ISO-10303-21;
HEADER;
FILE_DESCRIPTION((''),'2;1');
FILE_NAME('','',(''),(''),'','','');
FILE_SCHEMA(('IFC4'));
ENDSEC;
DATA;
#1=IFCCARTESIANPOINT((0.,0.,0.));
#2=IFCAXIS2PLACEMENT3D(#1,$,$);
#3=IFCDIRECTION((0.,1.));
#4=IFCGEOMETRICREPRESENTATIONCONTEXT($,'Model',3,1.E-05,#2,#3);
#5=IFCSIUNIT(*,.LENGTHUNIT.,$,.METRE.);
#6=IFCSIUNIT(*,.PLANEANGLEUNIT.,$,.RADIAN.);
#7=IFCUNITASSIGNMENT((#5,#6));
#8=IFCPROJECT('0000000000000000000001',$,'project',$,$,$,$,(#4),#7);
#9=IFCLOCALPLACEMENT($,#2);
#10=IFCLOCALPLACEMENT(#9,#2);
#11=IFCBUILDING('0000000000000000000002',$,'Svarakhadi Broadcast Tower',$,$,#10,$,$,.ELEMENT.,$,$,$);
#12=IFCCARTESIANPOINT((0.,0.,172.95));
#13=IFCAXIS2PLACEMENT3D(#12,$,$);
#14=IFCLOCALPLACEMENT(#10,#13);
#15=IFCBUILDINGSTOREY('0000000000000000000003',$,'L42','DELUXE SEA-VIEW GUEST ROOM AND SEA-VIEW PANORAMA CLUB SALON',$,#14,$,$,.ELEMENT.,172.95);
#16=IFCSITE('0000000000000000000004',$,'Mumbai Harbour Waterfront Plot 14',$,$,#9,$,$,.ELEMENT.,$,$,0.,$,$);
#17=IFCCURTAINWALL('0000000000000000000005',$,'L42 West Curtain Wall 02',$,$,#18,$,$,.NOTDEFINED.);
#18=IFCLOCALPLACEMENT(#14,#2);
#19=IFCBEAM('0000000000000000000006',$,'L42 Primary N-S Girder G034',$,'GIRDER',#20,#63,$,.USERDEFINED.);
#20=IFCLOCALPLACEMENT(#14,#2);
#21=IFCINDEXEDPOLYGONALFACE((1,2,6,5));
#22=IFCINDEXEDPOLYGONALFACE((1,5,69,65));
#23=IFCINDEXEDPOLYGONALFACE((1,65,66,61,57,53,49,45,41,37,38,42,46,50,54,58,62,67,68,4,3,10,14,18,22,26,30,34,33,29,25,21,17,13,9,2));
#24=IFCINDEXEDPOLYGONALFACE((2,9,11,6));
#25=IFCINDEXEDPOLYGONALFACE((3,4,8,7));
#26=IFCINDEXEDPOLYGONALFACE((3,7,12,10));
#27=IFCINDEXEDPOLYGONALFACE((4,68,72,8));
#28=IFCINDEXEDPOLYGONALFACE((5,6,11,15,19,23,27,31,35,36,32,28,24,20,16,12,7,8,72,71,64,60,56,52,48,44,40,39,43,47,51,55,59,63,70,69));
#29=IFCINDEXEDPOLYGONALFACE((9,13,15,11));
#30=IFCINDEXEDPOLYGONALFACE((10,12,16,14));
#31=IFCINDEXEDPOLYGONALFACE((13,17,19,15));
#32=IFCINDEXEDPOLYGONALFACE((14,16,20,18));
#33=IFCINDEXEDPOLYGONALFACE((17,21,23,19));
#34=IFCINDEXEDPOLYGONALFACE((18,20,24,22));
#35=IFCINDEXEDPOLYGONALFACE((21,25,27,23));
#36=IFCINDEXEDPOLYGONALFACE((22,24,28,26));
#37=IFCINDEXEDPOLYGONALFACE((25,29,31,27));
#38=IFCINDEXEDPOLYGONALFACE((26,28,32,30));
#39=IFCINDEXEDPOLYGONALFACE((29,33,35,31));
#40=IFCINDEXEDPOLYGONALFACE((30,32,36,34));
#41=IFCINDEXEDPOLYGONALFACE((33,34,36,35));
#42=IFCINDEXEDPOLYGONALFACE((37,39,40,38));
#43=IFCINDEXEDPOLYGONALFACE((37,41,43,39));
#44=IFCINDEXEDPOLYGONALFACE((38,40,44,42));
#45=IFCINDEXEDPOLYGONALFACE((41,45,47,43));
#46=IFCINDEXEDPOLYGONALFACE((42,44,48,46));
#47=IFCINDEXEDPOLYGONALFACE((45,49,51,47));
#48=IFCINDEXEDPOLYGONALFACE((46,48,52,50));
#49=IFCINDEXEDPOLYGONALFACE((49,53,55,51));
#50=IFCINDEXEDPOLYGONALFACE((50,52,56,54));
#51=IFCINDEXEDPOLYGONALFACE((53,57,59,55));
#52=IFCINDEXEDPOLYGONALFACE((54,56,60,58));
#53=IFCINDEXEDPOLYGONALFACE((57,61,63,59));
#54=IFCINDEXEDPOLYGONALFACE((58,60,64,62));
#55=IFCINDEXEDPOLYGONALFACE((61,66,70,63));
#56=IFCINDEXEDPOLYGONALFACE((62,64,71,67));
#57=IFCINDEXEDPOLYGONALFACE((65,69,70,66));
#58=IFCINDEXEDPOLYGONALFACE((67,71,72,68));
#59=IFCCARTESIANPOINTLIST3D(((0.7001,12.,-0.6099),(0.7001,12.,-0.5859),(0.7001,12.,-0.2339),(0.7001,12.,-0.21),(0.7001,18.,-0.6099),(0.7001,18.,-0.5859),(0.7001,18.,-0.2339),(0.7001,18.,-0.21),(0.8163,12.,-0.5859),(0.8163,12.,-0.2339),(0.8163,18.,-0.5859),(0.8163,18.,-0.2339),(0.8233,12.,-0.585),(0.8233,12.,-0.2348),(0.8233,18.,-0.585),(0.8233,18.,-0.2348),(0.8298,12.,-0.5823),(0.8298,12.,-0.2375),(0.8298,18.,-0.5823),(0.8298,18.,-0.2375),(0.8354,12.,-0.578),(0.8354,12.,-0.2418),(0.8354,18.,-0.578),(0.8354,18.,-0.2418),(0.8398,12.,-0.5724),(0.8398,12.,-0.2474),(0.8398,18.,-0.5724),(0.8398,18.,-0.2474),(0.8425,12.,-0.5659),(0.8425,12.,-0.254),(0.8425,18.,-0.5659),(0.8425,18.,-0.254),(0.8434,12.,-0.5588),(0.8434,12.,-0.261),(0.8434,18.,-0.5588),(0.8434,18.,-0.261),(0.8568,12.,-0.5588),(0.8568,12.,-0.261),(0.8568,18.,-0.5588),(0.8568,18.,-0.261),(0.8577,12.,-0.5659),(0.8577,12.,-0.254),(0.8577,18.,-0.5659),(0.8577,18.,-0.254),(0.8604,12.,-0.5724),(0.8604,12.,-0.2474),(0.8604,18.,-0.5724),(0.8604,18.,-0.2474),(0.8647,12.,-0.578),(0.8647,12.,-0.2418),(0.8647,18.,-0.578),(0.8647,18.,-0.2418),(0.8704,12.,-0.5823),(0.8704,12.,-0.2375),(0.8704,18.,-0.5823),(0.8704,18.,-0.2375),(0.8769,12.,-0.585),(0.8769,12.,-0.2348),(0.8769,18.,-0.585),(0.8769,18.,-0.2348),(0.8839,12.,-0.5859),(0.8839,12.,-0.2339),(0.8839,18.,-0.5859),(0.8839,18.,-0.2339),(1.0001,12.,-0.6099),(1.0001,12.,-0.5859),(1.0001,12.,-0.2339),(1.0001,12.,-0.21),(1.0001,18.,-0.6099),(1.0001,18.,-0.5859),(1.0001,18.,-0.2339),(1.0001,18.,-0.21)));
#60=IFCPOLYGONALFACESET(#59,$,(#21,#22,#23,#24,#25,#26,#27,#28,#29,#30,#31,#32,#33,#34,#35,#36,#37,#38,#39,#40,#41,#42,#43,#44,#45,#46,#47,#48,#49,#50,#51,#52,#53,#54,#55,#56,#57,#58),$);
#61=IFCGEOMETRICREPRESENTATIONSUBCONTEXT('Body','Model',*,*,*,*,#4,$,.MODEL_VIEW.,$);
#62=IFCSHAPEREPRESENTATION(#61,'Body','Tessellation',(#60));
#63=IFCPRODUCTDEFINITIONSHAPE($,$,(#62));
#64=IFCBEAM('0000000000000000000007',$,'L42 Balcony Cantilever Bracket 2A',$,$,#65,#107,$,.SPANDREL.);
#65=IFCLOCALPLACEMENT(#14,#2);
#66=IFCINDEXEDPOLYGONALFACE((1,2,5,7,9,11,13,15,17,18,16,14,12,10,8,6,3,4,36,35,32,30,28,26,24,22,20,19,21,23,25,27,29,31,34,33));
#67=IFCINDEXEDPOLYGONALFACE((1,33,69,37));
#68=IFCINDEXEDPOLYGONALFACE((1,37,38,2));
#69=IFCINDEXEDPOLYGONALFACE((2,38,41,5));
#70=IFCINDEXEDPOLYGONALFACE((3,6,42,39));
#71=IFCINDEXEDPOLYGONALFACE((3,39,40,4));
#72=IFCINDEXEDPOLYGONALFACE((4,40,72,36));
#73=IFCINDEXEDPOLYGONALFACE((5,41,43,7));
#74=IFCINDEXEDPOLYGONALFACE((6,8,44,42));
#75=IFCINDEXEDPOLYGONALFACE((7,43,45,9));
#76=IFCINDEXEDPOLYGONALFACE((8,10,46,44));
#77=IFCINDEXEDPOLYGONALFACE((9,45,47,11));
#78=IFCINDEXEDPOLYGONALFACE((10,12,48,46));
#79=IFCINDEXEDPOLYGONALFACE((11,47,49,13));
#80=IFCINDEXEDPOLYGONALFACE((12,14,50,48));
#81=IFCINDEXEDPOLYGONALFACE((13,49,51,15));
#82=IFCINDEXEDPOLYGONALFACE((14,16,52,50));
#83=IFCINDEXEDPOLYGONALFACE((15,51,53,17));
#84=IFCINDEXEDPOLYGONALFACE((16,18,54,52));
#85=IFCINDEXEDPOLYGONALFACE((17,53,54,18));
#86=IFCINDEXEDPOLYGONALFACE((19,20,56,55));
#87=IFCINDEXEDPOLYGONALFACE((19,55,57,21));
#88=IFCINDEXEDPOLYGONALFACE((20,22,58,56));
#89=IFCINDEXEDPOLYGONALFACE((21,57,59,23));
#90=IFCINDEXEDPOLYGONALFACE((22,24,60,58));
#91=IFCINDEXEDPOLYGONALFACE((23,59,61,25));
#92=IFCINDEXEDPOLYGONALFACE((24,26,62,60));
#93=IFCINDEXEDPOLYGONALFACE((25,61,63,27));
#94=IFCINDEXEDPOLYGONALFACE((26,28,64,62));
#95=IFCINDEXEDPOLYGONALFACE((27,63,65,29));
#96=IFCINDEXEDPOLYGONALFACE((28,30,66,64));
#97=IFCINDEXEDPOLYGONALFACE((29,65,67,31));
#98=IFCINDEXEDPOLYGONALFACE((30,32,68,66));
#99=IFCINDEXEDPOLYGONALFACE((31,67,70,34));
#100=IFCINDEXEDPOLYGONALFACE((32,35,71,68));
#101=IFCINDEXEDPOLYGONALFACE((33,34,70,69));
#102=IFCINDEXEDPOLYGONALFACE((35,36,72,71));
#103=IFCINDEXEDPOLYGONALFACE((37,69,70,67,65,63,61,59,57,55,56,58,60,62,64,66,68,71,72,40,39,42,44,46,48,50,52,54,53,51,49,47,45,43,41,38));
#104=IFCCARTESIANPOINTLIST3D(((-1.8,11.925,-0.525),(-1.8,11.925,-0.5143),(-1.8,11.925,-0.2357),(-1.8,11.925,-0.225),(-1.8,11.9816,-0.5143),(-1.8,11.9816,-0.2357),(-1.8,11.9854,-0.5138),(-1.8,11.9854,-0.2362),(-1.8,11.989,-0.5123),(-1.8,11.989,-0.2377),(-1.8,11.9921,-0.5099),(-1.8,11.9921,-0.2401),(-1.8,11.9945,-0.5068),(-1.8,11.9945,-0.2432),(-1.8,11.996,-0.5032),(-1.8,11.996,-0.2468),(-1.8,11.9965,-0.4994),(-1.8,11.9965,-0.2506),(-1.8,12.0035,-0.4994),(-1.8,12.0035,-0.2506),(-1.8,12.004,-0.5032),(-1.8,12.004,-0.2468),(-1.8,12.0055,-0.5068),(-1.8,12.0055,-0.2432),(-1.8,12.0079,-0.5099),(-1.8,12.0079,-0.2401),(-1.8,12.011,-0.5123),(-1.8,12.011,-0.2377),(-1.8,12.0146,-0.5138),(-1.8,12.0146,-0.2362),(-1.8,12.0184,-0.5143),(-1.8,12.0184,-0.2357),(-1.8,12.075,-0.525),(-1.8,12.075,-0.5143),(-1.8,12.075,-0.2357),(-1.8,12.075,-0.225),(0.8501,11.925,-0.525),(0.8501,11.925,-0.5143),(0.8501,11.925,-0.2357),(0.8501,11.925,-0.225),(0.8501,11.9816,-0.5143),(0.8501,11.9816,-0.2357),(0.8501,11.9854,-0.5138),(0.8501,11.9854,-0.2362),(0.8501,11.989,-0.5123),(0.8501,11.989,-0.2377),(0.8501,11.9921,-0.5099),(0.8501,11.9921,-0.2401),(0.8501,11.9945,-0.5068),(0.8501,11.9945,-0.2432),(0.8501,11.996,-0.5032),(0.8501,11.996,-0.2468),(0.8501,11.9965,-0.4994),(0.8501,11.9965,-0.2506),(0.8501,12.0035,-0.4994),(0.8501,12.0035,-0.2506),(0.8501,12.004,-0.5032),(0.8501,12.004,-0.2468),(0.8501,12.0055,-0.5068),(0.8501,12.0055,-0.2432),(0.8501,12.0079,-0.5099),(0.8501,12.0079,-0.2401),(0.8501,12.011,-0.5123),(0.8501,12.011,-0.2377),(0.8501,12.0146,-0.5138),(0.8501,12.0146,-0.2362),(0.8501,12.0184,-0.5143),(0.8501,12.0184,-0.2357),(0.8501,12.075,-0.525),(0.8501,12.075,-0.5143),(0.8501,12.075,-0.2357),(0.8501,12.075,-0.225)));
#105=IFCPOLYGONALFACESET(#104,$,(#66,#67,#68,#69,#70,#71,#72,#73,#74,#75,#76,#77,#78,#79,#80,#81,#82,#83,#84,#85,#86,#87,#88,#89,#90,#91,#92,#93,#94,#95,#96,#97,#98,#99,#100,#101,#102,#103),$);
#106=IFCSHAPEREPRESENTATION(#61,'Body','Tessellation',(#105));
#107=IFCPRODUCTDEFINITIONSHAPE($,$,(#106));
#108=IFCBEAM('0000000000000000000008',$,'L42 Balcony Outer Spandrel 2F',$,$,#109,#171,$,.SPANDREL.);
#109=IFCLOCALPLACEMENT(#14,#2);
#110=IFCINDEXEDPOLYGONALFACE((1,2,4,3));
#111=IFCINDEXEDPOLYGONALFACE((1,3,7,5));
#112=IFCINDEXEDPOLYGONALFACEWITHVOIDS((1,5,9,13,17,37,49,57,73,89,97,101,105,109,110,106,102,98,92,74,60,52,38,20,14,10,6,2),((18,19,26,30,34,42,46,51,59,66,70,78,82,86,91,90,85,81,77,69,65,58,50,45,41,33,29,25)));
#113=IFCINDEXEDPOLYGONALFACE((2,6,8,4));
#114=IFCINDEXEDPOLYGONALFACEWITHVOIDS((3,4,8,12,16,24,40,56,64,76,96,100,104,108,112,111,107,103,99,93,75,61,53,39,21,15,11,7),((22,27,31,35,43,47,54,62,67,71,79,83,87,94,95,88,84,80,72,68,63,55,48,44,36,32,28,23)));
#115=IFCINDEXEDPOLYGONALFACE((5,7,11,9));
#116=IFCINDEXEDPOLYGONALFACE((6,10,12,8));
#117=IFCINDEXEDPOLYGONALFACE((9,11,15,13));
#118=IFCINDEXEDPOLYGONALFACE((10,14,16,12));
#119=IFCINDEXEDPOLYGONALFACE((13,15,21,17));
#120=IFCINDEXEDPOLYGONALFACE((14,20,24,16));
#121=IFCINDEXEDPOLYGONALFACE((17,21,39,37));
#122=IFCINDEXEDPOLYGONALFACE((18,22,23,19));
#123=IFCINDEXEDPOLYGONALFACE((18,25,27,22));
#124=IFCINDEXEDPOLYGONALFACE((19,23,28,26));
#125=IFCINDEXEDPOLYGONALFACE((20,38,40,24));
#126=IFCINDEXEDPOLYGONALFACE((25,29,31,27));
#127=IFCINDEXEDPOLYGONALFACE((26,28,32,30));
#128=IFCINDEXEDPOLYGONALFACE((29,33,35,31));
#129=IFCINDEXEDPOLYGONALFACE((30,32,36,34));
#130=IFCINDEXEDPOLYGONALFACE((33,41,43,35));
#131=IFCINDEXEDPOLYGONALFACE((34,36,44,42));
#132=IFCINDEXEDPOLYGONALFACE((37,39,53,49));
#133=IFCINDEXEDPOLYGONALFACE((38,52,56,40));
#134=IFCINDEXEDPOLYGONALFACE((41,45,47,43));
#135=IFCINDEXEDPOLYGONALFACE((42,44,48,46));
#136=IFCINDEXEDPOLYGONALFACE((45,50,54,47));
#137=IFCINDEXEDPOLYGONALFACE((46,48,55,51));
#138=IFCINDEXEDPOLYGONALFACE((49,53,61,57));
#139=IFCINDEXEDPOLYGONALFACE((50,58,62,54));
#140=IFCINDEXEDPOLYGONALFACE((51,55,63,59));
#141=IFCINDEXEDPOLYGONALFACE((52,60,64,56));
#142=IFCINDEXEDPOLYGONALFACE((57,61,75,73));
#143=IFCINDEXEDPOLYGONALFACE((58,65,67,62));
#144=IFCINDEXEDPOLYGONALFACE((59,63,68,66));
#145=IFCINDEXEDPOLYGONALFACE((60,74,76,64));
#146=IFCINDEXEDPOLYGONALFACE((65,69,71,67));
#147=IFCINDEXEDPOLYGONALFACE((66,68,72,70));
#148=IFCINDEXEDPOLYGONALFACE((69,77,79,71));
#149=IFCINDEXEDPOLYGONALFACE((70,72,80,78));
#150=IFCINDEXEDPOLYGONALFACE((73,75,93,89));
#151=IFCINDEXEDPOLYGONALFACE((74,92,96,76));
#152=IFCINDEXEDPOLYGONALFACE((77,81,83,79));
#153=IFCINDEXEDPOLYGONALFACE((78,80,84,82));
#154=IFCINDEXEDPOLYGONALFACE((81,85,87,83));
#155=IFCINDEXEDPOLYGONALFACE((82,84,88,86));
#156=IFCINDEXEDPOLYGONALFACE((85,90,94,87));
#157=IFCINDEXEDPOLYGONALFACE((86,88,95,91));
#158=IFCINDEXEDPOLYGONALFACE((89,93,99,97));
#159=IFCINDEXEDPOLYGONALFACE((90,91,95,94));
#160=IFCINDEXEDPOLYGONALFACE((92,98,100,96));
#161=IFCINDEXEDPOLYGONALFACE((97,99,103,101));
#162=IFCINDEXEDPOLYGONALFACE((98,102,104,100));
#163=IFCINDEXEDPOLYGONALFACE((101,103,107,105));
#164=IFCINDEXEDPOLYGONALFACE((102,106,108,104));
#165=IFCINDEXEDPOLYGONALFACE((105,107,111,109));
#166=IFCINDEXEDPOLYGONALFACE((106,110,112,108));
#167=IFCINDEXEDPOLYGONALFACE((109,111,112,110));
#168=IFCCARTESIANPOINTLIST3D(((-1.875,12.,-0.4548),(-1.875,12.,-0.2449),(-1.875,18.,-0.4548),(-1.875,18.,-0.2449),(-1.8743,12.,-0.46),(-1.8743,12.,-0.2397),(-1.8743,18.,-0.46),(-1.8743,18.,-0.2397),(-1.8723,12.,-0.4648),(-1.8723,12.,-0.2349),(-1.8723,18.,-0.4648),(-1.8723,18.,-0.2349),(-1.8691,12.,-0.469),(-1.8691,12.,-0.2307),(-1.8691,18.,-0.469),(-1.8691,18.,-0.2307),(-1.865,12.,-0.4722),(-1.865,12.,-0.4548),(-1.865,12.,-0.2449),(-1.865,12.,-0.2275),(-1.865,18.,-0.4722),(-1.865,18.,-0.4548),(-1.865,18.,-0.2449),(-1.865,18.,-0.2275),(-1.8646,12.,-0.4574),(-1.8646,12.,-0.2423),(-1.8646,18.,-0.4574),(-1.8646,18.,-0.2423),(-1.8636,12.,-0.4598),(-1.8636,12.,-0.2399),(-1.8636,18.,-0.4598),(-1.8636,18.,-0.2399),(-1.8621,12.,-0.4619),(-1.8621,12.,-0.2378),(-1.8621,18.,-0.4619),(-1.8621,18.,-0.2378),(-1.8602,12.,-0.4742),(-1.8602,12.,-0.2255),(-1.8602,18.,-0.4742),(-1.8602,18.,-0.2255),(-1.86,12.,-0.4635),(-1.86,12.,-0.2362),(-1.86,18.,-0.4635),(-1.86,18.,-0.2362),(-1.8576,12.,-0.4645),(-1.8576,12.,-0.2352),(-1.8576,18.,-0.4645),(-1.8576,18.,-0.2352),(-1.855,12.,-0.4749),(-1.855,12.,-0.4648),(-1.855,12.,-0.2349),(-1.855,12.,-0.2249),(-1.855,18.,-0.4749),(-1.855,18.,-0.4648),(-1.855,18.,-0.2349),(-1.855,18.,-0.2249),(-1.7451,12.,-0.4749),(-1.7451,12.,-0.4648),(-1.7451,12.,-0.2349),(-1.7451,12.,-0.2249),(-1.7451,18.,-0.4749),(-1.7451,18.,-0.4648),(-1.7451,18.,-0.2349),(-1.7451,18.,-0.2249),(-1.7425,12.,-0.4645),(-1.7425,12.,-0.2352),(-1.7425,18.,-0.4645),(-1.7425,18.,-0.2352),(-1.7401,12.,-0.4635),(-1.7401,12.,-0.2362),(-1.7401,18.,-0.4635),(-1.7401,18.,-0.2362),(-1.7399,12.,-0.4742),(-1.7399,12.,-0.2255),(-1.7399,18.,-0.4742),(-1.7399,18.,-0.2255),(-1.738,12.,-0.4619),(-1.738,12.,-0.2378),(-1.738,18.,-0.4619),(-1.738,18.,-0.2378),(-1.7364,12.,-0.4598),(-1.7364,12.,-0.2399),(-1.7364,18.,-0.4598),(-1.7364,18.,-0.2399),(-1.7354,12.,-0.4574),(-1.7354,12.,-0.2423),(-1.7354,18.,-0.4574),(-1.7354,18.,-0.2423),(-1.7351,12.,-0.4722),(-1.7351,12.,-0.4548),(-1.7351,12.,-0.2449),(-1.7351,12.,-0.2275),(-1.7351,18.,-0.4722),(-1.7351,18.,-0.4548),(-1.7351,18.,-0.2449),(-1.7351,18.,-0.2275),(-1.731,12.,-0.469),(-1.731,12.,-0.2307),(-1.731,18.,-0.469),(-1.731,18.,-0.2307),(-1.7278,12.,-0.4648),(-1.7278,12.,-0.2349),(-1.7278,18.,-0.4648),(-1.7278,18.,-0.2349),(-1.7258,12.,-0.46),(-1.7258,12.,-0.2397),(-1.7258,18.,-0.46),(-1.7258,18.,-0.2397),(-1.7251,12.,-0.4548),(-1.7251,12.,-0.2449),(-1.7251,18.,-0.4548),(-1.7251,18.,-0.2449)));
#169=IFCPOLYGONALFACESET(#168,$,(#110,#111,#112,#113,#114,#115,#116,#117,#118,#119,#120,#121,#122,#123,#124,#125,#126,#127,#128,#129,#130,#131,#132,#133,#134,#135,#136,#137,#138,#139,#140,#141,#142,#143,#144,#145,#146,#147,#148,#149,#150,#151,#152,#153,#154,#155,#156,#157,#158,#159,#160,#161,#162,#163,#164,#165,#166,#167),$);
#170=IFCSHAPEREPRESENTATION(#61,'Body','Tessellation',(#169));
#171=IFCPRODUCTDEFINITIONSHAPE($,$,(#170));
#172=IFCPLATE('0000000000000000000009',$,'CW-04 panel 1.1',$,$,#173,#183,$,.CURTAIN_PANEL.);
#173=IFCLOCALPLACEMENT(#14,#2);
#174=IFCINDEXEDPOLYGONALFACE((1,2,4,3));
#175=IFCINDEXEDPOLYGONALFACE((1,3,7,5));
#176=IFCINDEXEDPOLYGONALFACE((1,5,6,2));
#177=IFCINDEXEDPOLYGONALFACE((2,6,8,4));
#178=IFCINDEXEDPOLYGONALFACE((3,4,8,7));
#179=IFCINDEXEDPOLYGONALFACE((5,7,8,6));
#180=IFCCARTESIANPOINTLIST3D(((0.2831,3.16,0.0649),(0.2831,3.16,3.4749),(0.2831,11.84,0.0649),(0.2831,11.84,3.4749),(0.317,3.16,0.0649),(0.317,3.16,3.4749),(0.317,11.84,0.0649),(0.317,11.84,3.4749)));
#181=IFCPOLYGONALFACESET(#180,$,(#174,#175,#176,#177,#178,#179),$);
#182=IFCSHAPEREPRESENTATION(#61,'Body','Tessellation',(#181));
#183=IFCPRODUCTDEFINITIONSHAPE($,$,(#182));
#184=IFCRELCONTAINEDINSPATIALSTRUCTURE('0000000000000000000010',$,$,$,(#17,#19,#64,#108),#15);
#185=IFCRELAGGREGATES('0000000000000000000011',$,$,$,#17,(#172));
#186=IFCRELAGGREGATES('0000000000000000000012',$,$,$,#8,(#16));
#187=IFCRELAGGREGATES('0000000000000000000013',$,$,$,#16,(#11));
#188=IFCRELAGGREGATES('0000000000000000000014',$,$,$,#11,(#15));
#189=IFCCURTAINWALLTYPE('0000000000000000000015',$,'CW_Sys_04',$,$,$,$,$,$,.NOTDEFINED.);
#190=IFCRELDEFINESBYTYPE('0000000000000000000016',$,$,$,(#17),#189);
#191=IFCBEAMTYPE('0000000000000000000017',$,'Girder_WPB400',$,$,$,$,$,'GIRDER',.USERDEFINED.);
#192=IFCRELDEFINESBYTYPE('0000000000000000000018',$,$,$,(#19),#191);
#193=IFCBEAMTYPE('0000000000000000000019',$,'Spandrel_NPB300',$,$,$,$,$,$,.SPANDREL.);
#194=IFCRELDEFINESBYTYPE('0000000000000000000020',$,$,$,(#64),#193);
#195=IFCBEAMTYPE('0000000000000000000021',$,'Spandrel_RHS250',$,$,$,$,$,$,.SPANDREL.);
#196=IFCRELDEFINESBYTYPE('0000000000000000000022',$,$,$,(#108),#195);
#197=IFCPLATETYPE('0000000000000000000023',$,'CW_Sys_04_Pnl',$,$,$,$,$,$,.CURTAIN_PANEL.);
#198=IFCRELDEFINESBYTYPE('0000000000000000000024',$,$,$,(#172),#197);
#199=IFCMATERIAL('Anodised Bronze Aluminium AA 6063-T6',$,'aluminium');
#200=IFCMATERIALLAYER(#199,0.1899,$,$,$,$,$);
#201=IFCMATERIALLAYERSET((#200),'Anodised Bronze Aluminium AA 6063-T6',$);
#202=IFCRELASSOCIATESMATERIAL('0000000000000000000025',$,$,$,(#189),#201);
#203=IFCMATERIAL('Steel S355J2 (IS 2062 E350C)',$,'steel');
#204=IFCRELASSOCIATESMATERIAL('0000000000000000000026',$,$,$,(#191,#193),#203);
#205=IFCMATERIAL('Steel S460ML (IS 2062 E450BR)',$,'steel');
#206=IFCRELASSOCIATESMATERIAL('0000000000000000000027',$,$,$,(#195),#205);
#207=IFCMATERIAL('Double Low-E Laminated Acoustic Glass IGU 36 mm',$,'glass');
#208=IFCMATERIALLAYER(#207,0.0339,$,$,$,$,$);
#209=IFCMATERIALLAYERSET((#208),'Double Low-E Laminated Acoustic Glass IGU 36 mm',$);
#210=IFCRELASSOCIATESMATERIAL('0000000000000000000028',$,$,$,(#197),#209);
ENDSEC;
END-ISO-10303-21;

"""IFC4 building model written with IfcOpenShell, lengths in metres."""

from ifc_helpers import new_model, si_unit, direction, frame, origin, origin_2d, place, context, subcontext, project, spatial, rectangle, hollow_rectangle, i_section, extrude, material, layer, layer_set, material_profile, profile_set, type_object, element, aggregate, save


model = new_model("IFC4")

# Units and contexts
model_context = context("Model", 3, precision=1e-05, world=origin(), true_north=direction((0.0, 1.0)))
body_context = subcontext(model_context, "Body", "Model", "MODEL_VIEW")
ifc_project = project(units=[si_unit("LENGTHUNIT", "METRE"), si_unit("PLANEANGLEUNIT", "RADIAN")], contexts=[model_context])

# Site, building, storey
site_placement = place(None, origin())
site = spatial("IfcSite", under=ifc_project, at=site_placement, Name="Mumbai Harbour Waterfront Plot 14", CompositionType="ELEMENT", RefElevation=0.0)
building_placement = place(site_placement, origin())
building = spatial("IfcBuilding", under=site, at=building_placement, Name="Svarakhadi Broadcast Tower", CompositionType="ELEMENT")
storey_placement = place(building_placement, frame((0.0, 0.0, 172.95)))
storey = spatial("IfcBuildingStorey", under=building, at=storey_placement, Name="L42", Description="DELUXE SEA-VIEW GUEST ROOM AND SEA-VIEW PANORAMA CLUB SALON", CompositionType="ELEMENT", Elevation=172.95)

# Shared definitions
ifc_material_1 = material(Name="Steel S460ML (IS 2062 E450BR)", Category="steel")

# Shared definitions
ifc_material_2 = material(Name="Steel S355J2 (IS 2062 E350C)", Category="steel")

# Curtain wall
ifc_material_3 = material(Name="Anodised Bronze Aluminium AA 6063-T6", Category="aluminium")
ifc_layer_1 = layer(ifc_material_3, 0.1899)
ifc_layer_set_1 = layer_set([ifc_layer_1], Name="Anodised Bronze Aluminium AA 6063-T6")
curtain_wall_type = type_object("IfcCurtainWallType", Name="CW_Sys_04", PredefinedType="NOTDEFINED", material=ifc_layer_set_1)
curtain_wall_placement = place(storey_placement, origin())
curtain_wall = element("IfcCurtainWall", 1, at=curtain_wall_placement, inside=storey, type_object=curtain_wall_type, Name="L42 West Curtain Wall 02", PredefinedType="NOTDEFINED")

# Beams
ifc_material_profile_1 = material_profile(ifc_material_2, i_section(OverallWidth=0.3, OverallDepth=0.3999, WebThickness=0.0134, FlangeThickness=0.0239, FilletRadius=0.0271, at=origin_2d()), Name="WPB 400x300x155")
ifc_profile_set_1 = profile_set([ifc_material_profile_1], Name="Steel S355J2 (IS 2062 E350C)")
beam_type_1 = type_object("IfcBeamType", Name="Girder_WPB400", ElementType="GIRDER", PredefinedType="USERDEFINED", material=ifc_profile_set_1)
for number, where, z_axis, x_axis, name in (
    (2, (0.8501, 12.0, -0.4099), (0.0, 1.0, 0.0), (-1.0, 0.0, 0.0), "L42 Primary N-S Girder G034"),
):
    element("IfcBeam", number, at=place(storey_placement, frame(where, z_axis=z_axis, x_axis=x_axis)), inside=storey, type_object=beam_type_1, Name=name, ObjectType="GIRDER", PredefinedType="USERDEFINED", context=body_context, shape_type="SweptSolid", body=[
        extrude(i_section(OverallWidth=0.3, OverallDepth=0.3999, WebThickness=0.0134, FlangeThickness=0.0239, FilletRadius=0.0271, at=origin_2d()), origin(), (0.0, 0.0, 1.0), 6.0),
    ])
ifc_material_profile_2 = material_profile(ifc_material_2, i_section(OverallWidth=0.1499, OverallDepth=0.3, WebThickness=0.0071, FlangeThickness=0.0107, FilletRadius=0.0149, at=origin_2d()), Name="NPB 300x150x37")
ifc_profile_set_2 = profile_set([ifc_material_profile_2], Name="Steel S355J2 (IS 2062 E350C)")
beam_type_2 = type_object("IfcBeamType", Name="Spandrel_NPB300", PredefinedType="SPANDREL", material=ifc_profile_set_2)
beam_1_placement = place(storey_placement, frame((0.8501, 12.0, -0.375), z_axis=(-1.0, 0.0, 0.0), x_axis=(0.0, -1.0, 0.0)))
element("IfcBeam", 3, at=beam_1_placement, inside=storey, type_object=beam_type_2, Name="L42 Balcony Cantilever Bracket 2A", PredefinedType="SPANDREL", context=body_context, shape_type="SweptSolid", body=[
    extrude(i_section(OverallWidth=0.1499, OverallDepth=0.3, WebThickness=0.0071, FlangeThickness=0.0107, FilletRadius=0.0149, at=origin_2d()), origin(), (0.0, 0.0, 1.0), 2.6501),
])
ifc_material_profile_3 = material_profile(ifc_material_1, hollow_rectangle(XDim=0.1499, YDim=0.25, WallThickness=0.01, InnerFilletRadius=0.01, OuterFilletRadius=0.02, at=origin_2d()), Name="RHS 250x150x10")
ifc_profile_set_3 = profile_set([ifc_material_profile_3], Name="Steel S460ML (IS 2062 E450BR)")
beam_type_3 = type_object("IfcBeamType", Name="Spandrel_RHS250", PredefinedType="SPANDREL", material=ifc_profile_set_3)
beam_2_placement = place(storey_placement, frame((-1.8, 12.0, -0.3499), z_axis=(0.0, 1.0, 0.0), x_axis=(-1.0, 0.0, 0.0)))
element("IfcBeam", 4, at=beam_2_placement, inside=storey, type_object=beam_type_3, Name="L42 Balcony Outer Spandrel 2F", PredefinedType="SPANDREL", context=body_context, shape_type="SweptSolid", body=[
    extrude(hollow_rectangle(XDim=0.1499, YDim=0.25, WallThickness=0.01, InnerFilletRadius=0.01, OuterFilletRadius=0.02, at=origin_2d()), origin(), (0.0, 0.0, 1.0), 6.0),
])

# Plate
ifc_material_4 = material(Name="Double Low-E Laminated Acoustic Glass IGU 36 mm", Category="glass")
ifc_layer_2 = layer(ifc_material_4, 0.0339)
ifc_layer_set_2 = layer_set([ifc_layer_2], Name="Double Low-E Laminated Acoustic Glass IGU 36 mm")
plate_type_1 = type_object("IfcPlateType", Name="CW_Sys_04_Pnl", PredefinedType="CURTAIN_PANEL", material=ifc_layer_set_2)
plate_1_placement = place(storey_placement, frame((0.3, 7.5, 0.0649), z_axis=(0.0, 0.0, 1.0), x_axis=(0.0, 1.0, 0.0)))
plate_1 = element("IfcPlate", 5, at=plate_1_placement, type_object=plate_type_1, Name="CW-04 panel 1.1", PredefinedType="CURTAIN_PANEL", context=body_context, shape_type="SweptSolid", body=[
    extrude(rectangle(XDim=8.6799, YDim=0.0339, at=origin_2d()), origin(), (0.0, 0.0, 1.0), 3.4099),
])
aggregate(curtain_wall, [plate_1])

save(model, "model.ifc")
